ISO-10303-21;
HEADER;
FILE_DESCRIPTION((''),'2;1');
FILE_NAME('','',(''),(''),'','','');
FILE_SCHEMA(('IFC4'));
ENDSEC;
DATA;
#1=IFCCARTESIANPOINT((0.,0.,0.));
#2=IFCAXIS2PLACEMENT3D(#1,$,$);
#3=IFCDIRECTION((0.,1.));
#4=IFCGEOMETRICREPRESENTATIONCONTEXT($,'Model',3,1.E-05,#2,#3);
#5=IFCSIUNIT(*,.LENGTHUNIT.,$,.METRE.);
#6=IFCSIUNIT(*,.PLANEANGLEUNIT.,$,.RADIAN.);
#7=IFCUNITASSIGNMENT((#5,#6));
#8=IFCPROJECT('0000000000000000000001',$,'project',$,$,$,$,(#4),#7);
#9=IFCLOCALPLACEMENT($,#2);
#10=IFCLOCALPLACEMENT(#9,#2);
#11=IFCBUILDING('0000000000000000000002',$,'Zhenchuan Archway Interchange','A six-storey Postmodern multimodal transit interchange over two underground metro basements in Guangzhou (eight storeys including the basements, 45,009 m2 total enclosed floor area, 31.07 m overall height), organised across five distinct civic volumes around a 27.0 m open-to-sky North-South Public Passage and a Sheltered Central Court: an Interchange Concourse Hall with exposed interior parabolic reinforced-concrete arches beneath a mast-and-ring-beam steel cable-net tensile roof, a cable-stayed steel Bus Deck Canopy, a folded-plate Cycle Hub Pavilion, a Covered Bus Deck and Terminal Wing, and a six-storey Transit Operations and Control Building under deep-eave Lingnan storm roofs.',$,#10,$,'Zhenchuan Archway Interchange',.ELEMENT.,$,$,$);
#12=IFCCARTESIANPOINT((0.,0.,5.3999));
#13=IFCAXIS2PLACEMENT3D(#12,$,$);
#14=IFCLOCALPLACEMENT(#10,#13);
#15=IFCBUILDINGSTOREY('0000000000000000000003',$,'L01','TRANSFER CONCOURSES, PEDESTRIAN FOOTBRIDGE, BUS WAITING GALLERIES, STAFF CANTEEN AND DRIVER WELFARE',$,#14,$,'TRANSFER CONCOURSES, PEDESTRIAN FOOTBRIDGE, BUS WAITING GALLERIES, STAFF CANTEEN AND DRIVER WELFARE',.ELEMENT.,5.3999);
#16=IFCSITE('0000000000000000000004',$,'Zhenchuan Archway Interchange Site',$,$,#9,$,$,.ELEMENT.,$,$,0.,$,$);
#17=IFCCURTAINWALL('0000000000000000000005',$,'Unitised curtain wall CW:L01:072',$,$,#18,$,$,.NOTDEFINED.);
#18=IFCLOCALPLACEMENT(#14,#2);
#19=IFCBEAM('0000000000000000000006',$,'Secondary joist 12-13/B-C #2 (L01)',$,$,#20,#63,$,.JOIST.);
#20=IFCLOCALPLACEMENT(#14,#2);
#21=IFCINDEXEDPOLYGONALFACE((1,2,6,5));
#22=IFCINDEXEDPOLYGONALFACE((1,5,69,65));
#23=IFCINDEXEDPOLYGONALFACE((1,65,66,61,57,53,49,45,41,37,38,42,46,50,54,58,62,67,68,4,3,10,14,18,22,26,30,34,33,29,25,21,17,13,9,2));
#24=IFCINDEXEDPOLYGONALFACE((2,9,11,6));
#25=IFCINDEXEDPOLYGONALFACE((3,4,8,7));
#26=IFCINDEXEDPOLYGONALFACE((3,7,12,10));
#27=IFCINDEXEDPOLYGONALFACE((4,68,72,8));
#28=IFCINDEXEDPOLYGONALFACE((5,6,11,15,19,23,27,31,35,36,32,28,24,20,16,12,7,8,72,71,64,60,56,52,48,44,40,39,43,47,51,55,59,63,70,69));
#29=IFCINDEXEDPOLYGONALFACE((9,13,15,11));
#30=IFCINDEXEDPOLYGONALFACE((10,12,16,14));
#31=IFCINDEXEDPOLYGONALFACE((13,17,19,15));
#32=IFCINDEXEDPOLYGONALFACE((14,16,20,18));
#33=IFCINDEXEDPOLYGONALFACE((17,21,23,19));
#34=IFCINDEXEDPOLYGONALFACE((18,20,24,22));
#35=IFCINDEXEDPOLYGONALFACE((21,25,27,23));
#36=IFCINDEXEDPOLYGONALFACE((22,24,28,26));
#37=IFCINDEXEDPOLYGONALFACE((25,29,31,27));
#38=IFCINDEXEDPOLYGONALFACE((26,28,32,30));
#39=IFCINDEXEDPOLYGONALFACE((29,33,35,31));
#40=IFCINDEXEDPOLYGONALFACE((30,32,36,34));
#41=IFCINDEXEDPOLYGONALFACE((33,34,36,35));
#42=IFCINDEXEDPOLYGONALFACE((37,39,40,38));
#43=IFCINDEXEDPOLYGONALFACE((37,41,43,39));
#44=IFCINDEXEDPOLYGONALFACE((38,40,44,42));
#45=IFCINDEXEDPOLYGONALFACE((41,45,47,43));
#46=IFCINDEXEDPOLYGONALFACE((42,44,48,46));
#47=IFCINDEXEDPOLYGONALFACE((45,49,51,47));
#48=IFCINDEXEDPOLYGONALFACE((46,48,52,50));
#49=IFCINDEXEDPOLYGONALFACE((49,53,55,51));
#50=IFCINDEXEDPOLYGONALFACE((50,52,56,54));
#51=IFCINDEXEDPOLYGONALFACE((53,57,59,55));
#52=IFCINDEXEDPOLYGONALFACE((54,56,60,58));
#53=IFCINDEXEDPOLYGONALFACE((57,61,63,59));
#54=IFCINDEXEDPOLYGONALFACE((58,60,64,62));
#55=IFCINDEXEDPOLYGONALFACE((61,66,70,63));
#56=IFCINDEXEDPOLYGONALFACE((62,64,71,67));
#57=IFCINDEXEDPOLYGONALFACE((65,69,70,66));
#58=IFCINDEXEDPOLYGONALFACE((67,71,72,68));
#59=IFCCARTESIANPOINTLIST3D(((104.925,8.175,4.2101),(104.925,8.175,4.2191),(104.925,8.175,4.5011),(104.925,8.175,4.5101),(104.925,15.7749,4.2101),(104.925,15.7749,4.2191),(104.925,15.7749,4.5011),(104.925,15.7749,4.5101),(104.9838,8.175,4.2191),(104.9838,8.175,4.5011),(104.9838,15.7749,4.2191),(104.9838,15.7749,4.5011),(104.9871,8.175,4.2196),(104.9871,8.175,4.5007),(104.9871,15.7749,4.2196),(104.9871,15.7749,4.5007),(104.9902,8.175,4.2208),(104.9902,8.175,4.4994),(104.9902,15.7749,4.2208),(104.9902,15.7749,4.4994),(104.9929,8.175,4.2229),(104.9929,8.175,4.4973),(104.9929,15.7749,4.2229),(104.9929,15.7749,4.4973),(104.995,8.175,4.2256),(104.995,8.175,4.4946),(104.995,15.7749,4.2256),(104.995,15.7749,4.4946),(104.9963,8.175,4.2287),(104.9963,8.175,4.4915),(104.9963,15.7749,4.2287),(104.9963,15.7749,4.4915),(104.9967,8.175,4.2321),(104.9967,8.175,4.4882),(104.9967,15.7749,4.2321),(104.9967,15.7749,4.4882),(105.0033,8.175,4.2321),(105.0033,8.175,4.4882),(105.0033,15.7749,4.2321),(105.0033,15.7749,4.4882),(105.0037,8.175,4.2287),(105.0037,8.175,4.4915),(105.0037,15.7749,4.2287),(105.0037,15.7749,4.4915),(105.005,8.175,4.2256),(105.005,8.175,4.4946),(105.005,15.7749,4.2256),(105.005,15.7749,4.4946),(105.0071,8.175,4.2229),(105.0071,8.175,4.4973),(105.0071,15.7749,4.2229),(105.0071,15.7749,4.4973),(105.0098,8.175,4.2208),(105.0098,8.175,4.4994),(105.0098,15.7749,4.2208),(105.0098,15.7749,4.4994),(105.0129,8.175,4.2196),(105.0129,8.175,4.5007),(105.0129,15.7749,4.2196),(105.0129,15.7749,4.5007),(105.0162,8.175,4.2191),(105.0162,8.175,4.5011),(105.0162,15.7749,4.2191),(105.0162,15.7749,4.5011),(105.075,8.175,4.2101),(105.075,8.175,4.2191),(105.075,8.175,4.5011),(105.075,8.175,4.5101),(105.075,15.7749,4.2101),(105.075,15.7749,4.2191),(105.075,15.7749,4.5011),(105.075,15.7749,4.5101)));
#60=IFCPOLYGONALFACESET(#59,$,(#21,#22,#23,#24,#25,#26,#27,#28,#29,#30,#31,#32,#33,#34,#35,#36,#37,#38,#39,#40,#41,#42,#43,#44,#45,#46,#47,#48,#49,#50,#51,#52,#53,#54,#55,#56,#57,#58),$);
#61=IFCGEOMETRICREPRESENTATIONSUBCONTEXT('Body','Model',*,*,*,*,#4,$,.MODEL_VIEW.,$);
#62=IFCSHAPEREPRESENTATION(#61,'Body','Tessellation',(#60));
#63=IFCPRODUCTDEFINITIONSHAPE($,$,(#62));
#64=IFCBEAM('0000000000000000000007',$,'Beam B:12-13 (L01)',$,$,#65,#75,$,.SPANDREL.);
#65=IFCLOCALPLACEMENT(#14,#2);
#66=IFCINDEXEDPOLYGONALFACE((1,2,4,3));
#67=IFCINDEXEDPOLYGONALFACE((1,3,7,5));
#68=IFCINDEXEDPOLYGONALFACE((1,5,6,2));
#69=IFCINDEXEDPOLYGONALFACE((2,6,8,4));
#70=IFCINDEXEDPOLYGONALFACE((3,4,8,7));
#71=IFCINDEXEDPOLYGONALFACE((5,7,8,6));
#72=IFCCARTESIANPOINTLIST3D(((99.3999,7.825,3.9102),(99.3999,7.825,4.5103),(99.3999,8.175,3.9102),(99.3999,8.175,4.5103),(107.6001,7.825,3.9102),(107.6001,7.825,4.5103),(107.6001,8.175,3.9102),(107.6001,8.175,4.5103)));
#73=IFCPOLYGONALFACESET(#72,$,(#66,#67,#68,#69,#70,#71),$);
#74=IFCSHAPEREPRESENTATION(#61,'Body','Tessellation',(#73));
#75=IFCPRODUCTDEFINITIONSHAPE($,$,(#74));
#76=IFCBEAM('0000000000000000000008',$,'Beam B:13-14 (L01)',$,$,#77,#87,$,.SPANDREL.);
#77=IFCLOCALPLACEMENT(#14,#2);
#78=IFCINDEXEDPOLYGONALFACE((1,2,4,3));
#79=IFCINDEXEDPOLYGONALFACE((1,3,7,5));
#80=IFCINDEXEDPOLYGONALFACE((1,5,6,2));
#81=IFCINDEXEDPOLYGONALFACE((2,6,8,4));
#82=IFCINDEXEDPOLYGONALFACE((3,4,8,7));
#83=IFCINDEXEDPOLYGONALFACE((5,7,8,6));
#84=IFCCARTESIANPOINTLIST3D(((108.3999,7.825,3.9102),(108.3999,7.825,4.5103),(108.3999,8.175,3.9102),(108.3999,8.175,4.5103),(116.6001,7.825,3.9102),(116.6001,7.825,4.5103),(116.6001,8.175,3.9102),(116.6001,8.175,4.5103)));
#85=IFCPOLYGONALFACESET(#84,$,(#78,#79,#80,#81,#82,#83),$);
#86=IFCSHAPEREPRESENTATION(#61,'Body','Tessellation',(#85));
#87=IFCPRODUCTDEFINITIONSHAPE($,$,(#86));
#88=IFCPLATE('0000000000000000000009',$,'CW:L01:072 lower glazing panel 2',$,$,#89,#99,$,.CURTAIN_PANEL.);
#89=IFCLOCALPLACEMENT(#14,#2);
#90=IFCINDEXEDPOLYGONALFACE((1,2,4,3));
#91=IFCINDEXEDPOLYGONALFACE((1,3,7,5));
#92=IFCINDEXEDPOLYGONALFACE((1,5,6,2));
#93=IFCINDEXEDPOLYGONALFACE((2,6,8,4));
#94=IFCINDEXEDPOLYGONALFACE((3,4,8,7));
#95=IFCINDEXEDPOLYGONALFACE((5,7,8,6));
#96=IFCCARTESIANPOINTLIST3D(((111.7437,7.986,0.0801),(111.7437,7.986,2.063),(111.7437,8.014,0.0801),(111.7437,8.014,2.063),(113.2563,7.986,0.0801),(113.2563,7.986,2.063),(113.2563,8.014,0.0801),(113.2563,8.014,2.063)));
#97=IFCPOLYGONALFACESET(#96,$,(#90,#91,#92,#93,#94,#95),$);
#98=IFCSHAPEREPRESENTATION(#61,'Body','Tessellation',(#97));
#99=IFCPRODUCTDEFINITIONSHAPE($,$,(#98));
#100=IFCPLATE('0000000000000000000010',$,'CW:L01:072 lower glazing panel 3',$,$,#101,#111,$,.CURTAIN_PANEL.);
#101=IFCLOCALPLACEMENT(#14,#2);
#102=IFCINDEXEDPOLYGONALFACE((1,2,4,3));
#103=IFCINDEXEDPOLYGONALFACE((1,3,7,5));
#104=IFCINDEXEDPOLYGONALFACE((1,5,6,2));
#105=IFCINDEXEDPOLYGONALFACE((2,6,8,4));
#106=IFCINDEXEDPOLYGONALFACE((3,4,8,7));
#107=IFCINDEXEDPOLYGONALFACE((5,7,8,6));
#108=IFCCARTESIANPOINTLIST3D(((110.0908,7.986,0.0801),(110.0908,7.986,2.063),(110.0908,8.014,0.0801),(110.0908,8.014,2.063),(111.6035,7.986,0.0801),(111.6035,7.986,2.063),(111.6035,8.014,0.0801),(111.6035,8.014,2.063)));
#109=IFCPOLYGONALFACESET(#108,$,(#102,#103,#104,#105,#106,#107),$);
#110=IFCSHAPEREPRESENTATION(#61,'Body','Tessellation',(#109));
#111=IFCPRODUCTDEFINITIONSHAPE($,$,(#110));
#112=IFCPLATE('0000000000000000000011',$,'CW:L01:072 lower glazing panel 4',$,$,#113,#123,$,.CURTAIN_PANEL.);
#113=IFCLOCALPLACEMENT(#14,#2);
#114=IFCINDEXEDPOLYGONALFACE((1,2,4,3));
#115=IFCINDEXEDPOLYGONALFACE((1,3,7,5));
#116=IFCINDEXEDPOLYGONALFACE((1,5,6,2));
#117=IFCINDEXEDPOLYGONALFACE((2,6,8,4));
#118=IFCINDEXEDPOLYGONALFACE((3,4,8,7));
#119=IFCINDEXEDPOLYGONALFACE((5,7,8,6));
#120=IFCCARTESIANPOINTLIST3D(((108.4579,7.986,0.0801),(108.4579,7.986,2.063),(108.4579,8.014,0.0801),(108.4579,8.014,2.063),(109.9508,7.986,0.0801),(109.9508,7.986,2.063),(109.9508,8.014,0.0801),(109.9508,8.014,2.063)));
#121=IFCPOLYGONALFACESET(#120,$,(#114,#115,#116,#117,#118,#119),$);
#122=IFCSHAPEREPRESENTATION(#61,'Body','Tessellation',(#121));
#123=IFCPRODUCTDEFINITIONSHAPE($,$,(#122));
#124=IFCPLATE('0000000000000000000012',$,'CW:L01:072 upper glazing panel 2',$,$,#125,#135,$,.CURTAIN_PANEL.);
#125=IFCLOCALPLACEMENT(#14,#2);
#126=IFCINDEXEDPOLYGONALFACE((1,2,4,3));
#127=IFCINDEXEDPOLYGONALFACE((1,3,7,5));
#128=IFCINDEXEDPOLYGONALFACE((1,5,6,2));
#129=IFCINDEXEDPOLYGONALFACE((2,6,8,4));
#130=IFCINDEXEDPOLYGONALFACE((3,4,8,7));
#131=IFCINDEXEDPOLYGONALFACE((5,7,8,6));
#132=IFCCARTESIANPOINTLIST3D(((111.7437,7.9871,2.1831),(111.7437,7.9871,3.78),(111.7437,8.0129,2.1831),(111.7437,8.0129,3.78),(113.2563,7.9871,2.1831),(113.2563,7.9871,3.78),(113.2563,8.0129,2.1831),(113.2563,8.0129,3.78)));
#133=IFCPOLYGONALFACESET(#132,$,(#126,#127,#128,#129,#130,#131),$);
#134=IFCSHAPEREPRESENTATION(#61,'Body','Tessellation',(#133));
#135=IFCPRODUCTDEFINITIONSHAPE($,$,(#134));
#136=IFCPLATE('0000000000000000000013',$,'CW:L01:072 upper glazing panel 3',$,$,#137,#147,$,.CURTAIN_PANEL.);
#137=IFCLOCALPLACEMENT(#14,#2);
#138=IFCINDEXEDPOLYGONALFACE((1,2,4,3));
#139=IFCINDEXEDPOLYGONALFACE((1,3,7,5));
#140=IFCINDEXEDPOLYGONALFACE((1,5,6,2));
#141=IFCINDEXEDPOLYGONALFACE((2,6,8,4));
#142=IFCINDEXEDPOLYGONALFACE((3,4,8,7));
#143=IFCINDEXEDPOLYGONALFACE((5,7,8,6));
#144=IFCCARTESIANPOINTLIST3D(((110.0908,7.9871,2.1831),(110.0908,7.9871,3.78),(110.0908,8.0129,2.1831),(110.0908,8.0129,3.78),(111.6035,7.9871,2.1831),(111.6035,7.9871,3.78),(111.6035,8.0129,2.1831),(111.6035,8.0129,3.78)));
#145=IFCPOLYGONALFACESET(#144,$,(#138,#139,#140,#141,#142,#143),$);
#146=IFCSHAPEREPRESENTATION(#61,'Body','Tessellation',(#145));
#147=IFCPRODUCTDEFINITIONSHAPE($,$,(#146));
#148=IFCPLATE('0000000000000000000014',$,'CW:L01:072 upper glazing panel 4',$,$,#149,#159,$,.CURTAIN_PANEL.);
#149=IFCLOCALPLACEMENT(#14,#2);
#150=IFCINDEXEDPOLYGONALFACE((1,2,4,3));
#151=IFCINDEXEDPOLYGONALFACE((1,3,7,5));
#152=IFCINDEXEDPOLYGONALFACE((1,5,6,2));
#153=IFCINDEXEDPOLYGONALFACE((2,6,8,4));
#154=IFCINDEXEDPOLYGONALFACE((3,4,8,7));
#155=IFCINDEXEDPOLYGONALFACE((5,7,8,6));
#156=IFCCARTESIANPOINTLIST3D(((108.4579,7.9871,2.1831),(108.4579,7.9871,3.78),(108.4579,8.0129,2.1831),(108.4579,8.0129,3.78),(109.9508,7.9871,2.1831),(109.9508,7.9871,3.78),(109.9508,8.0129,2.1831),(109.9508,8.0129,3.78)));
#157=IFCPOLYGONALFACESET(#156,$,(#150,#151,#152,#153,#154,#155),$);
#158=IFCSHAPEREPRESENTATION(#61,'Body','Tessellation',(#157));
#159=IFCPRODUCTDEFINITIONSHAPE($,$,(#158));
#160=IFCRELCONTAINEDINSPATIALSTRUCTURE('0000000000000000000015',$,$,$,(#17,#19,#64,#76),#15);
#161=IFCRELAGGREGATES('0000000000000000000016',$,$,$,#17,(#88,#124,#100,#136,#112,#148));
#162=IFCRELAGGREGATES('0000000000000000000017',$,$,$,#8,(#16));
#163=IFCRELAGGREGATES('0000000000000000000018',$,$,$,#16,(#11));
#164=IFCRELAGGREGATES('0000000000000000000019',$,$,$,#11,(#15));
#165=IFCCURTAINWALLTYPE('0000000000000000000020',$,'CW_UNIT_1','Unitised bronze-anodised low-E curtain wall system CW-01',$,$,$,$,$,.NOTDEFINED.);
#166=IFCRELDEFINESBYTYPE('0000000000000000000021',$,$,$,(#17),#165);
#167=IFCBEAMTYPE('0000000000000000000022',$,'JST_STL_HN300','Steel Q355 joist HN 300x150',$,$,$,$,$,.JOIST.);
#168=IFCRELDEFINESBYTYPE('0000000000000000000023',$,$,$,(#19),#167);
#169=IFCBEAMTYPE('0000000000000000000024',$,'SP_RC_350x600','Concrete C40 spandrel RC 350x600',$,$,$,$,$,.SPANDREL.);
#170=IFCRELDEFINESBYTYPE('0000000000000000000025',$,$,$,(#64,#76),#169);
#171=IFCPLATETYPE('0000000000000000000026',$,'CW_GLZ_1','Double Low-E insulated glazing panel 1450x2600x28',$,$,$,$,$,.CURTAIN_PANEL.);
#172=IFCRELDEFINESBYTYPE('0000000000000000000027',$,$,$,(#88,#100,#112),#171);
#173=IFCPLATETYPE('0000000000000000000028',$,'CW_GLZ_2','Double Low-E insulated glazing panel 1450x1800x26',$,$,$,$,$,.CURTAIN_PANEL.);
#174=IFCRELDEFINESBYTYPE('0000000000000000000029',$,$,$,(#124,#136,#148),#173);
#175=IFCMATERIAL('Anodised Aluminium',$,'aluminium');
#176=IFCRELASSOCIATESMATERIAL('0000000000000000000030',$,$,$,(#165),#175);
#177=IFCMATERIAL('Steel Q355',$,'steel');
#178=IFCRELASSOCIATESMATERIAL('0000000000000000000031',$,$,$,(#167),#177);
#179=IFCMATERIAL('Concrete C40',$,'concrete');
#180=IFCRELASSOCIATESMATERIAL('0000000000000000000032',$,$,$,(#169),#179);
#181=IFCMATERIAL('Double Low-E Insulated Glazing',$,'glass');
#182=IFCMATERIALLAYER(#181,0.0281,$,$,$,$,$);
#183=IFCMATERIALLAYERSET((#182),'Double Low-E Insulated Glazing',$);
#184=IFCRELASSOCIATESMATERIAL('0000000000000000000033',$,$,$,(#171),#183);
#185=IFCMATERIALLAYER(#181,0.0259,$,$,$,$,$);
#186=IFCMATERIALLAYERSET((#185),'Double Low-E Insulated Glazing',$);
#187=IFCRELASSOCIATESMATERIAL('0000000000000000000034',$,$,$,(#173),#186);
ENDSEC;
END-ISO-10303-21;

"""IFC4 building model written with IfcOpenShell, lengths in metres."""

from ifc_helpers import new_model, si_unit, direction, frame, origin, origin_2d, place, context, subcontext, project, spatial, rectangle, i_section, extrude, material, layer, layer_set, material_profile, profile_set, type_object, element, aggregate, save


model = new_model("IFC4")

# Units and contexts
model_context = context("Model", 3, precision=1e-05, world=origin(), true_north=direction((0.0, 1.0)))
body_context = subcontext(model_context, "Body", "Model", "MODEL_VIEW")
ifc_project = project(units=[si_unit("LENGTHUNIT", "METRE"), si_unit("PLANEANGLEUNIT", "RADIAN")], contexts=[model_context])

# Site, building, storey
site_placement = place(None, origin())
site = spatial("IfcSite", under=ifc_project, at=site_placement, Name="Zhenchuan Archway Interchange Site", CompositionType="ELEMENT", RefElevation=0.0)
building_placement = place(site_placement, origin())
building = spatial("IfcBuilding", under=site, at=building_placement, Name="Zhenchuan Archway Interchange", Description="A six-storey Postmodern multimodal transit interchange over two underground metro basements in Guangzhou (eight storeys including the basements, 45,009 m2 total enclosed floor area, 31.07 m overall height), organised across five distinct civic volumes around a 27.0 m open-to-sky North-South Public Passage and a Sheltered Central Court: an Interchange Concourse Hall with exposed interior parabolic reinforced-concrete arches beneath a mast-and-ring-beam steel cable-net tensile roof, a cable-stayed steel Bus Deck Canopy, a folded-plate Cycle Hub Pavilion, a Covered Bus Deck and Terminal Wing, and a six-storey Transit Operations and Control Building under deep-eave Lingnan storm roofs.", LongName="Zhenchuan Archway Interchange", CompositionType="ELEMENT")
storey_placement = place(building_placement, frame((0.0, 0.0, 5.3999)))
storey = spatial("IfcBuildingStorey", under=building, at=storey_placement, Name="L01", Description="TRANSFER CONCOURSES, PEDESTRIAN FOOTBRIDGE, BUS WAITING GALLERIES, STAFF CANTEEN AND DRIVER WELFARE", LongName="TRANSFER CONCOURSES, PEDESTRIAN FOOTBRIDGE, BUS WAITING GALLERIES, STAFF CANTEEN AND DRIVER WELFARE", CompositionType="ELEMENT", Elevation=5.3999)

# Shared definitions
ifc_material_1 = material(Name="Concrete C40", Category="concrete")

# Curtain wall
ifc_material_2 = material(Name="Anodised Aluminium", Category="aluminium")
curtain_wall_type = type_object("IfcCurtainWallType", Name="CW_UNIT_1", Description="Unitised bronze-anodised low-E curtain wall system CW-01", PredefinedType="NOTDEFINED", material=ifc_material_2)
curtain_wall_placement = place(storey_placement, origin())
curtain_wall = element("IfcCurtainWall", 1, at=curtain_wall_placement, inside=storey, type_object=curtain_wall_type, Name="Unitised curtain wall CW:L01:072", PredefinedType="NOTDEFINED")

# Beams
ifc_material_3 = material(Name="Steel Q355", Category="steel")
ifc_material_profile_1 = material_profile(ifc_material_3, i_section(OverallWidth=0.1499, OverallDepth=0.3, WebThickness=0.0066, FlangeThickness=0.009, FilletRadius=0.0129, at=origin_2d()), Name="HN 300x150")
ifc_profile_set_1 = profile_set([ifc_material_profile_1], Name="Steel Q355")
beam_type_1 = type_object("IfcBeamType", Name="JST_STL_HN300", Description="Steel Q355 joist HN 300x150", PredefinedType="JOIST", material=ifc_profile_set_1)
for number, where, z_axis, x_axis, name in (
    (2, (105.0, 8.175, 4.3601), (0.0, 1.0, 0.0), (-1.0, 0.0, 0.0), "Secondary joist 12-13/B-C #2 (L01)"),
):
    element("IfcBeam", number, at=place(storey_placement, frame(where, z_axis=z_axis, x_axis=x_axis)), inside=storey, type_object=beam_type_1, Name=name, PredefinedType="JOIST", context=body_context, shape_type="SweptSolid", body=[
        extrude(i_section(OverallWidth=0.1499, OverallDepth=0.3, WebThickness=0.0066, FlangeThickness=0.009, FilletRadius=0.0129, at=origin_2d()), origin(), (0.0, 0.0, 1.0), 7.5999),
    ])
ifc_material_profile_2 = material_profile(ifc_material_1, rectangle(XDim=0.3501, YDim=0.6001, at=origin_2d()), Name="RC 350x600")
ifc_profile_set_2 = profile_set([ifc_material_profile_2], Name="Concrete C40")
beam_type_2 = type_object("IfcBeamType", Name="SP_RC_350x600", Description="Concrete C40 spandrel RC 350x600", PredefinedType="SPANDREL", material=ifc_profile_set_2)
for number, where, z_axis, x_axis, name in (
    (3, (99.3999, 8.0, 4.2102), (1.0, 0.0, 0.0), (0.0, 1.0, 0.0), "Beam B:12-13 (L01)"),
    (4, (108.3999, 8.0, 4.2102), (1.0, 0.0, 0.0), (0.0, 1.0, 0.0), "Beam B:13-14 (L01)"),
):
    element("IfcBeam", number, at=place(storey_placement, frame(where, z_axis=z_axis, x_axis=x_axis)), inside=storey, type_object=beam_type_2, Name=name, PredefinedType="SPANDREL", context=body_context, shape_type="SweptSolid", body=[
        extrude(rectangle(XDim=0.3501, YDim=0.6001, at=origin_2d()), origin(), (0.0, 0.0, 1.0), 8.2002),
    ])

# Plates
ifc_material_4 = material(Name="Double Low-E Insulated Glazing", Category="glass")
ifc_layer_1 = layer(ifc_material_4, 0.0281)
ifc_layer_set_1 = layer_set([ifc_layer_1], Name="Double Low-E Insulated Glazing")
plate_type_1 = type_object("IfcPlateType", Name="CW_GLZ_1", Description="Double Low-E insulated glazing panel 1450x2600x28", PredefinedType="CURTAIN_PANEL", material=ifc_layer_set_1)
plate_1_placement = place(storey_placement, frame((112.5, 8.0, 0.0801), z_axis=(0.0, 0.0, 1.0), x_axis=(-1.0, 0.0, 0.0)))
plate_1 = element("IfcPlate", 5, at=plate_1_placement, type_object=plate_type_1, Name="CW:L01:072 lower glazing panel 2", PredefinedType="CURTAIN_PANEL", context=body_context, shape_type="SweptSolid", body=[
    extrude(rectangle(XDim=1.5127, YDim=0.0281, at=origin_2d()), origin(), (0.0, 0.0, 1.0), 1.9829),
])
plate_2_placement = place(storey_placement, frame((110.8472, 8.0, 0.0801), z_axis=(0.0, 0.0, 1.0), x_axis=(-1.0, 0.0, 0.0)))
plate_2 = element("IfcPlate", 6, at=plate_2_placement, type_object=plate_type_1, Name="CW:L01:072 lower glazing panel 3", PredefinedType="CURTAIN_PANEL", context=body_context, shape_type="SweptSolid", body=[
    extrude(rectangle(XDim=1.5127, YDim=0.0281, at=origin_2d()), origin(), (0.0, 0.0, 1.0), 1.9829),
])
plate_3_placement = place(storey_placement, frame((109.2043, 8.0, 0.0801), z_axis=(0.0, 0.0, 1.0), x_axis=(-1.0, 0.0, 0.0)))
plate_3 = element("IfcPlate", 7, at=plate_3_placement, type_object=plate_type_1, Name="CW:L01:072 lower glazing panel 4", PredefinedType="CURTAIN_PANEL", context=body_context, shape_type="SweptSolid", body=[
    extrude(rectangle(XDim=1.4929, YDim=0.0281, at=origin_2d()), origin(), (0.0, 0.0, 1.0), 1.9829),
])
ifc_layer_2 = layer(ifc_material_4, 0.0259)
ifc_layer_set_2 = layer_set([ifc_layer_2], Name="Double Low-E Insulated Glazing")
plate_type_2 = type_object("IfcPlateType", Name="CW_GLZ_2", Description="Double Low-E insulated glazing panel 1450x1800x26", PredefinedType="CURTAIN_PANEL", material=ifc_layer_set_2)
plate_4_placement = place(storey_placement, frame((112.5, 8.0, 2.1831), z_axis=(0.0, 0.0, 1.0), x_axis=(-1.0, 0.0, 0.0)))
plate_4 = element("IfcPlate", 8, at=plate_4_placement, type_object=plate_type_2, Name="CW:L01:072 upper glazing panel 2", PredefinedType="CURTAIN_PANEL", context=body_context, shape_type="SweptSolid", body=[
    extrude(rectangle(XDim=1.5127, YDim=0.0259, at=origin_2d()), origin(), (0.0, 0.0, 1.0), 1.5969),
])
plate_5_placement = place(storey_placement, frame((110.8472, 8.0, 2.1831), z_axis=(0.0, 0.0, 1.0), x_axis=(-1.0, 0.0, 0.0)))
plate_5 = element("IfcPlate", 9, at=plate_5_placement, type_object=plate_type_2, Name="CW:L01:072 upper glazing panel 3", PredefinedType="CURTAIN_PANEL", context=body_context, shape_type="SweptSolid", body=[
    extrude(rectangle(XDim=1.5127, YDim=0.0259, at=origin_2d()), origin(), (0.0, 0.0, 1.0), 1.5969),
])
plate_6_placement = place(storey_placement, frame((109.2043, 8.0, 2.1831), z_axis=(0.0, 0.0, 1.0), x_axis=(-1.0, 0.0, 0.0)))
plate_6 = element("IfcPlate", 10, at=plate_6_placement, type_object=plate_type_2, Name="CW:L01:072 upper glazing panel 4", PredefinedType="CURTAIN_PANEL", context=body_context, shape_type="SweptSolid", body=[
    extrude(rectangle(XDim=1.4929, YDim=0.0259, at=origin_2d()), origin(), (0.0, 0.0, 1.0), 1.5969),
])
aggregate(curtain_wall, [plate_1, plate_4, plate_2, plate_5, plate_3, plate_6])

save(model, "model.ifc")
